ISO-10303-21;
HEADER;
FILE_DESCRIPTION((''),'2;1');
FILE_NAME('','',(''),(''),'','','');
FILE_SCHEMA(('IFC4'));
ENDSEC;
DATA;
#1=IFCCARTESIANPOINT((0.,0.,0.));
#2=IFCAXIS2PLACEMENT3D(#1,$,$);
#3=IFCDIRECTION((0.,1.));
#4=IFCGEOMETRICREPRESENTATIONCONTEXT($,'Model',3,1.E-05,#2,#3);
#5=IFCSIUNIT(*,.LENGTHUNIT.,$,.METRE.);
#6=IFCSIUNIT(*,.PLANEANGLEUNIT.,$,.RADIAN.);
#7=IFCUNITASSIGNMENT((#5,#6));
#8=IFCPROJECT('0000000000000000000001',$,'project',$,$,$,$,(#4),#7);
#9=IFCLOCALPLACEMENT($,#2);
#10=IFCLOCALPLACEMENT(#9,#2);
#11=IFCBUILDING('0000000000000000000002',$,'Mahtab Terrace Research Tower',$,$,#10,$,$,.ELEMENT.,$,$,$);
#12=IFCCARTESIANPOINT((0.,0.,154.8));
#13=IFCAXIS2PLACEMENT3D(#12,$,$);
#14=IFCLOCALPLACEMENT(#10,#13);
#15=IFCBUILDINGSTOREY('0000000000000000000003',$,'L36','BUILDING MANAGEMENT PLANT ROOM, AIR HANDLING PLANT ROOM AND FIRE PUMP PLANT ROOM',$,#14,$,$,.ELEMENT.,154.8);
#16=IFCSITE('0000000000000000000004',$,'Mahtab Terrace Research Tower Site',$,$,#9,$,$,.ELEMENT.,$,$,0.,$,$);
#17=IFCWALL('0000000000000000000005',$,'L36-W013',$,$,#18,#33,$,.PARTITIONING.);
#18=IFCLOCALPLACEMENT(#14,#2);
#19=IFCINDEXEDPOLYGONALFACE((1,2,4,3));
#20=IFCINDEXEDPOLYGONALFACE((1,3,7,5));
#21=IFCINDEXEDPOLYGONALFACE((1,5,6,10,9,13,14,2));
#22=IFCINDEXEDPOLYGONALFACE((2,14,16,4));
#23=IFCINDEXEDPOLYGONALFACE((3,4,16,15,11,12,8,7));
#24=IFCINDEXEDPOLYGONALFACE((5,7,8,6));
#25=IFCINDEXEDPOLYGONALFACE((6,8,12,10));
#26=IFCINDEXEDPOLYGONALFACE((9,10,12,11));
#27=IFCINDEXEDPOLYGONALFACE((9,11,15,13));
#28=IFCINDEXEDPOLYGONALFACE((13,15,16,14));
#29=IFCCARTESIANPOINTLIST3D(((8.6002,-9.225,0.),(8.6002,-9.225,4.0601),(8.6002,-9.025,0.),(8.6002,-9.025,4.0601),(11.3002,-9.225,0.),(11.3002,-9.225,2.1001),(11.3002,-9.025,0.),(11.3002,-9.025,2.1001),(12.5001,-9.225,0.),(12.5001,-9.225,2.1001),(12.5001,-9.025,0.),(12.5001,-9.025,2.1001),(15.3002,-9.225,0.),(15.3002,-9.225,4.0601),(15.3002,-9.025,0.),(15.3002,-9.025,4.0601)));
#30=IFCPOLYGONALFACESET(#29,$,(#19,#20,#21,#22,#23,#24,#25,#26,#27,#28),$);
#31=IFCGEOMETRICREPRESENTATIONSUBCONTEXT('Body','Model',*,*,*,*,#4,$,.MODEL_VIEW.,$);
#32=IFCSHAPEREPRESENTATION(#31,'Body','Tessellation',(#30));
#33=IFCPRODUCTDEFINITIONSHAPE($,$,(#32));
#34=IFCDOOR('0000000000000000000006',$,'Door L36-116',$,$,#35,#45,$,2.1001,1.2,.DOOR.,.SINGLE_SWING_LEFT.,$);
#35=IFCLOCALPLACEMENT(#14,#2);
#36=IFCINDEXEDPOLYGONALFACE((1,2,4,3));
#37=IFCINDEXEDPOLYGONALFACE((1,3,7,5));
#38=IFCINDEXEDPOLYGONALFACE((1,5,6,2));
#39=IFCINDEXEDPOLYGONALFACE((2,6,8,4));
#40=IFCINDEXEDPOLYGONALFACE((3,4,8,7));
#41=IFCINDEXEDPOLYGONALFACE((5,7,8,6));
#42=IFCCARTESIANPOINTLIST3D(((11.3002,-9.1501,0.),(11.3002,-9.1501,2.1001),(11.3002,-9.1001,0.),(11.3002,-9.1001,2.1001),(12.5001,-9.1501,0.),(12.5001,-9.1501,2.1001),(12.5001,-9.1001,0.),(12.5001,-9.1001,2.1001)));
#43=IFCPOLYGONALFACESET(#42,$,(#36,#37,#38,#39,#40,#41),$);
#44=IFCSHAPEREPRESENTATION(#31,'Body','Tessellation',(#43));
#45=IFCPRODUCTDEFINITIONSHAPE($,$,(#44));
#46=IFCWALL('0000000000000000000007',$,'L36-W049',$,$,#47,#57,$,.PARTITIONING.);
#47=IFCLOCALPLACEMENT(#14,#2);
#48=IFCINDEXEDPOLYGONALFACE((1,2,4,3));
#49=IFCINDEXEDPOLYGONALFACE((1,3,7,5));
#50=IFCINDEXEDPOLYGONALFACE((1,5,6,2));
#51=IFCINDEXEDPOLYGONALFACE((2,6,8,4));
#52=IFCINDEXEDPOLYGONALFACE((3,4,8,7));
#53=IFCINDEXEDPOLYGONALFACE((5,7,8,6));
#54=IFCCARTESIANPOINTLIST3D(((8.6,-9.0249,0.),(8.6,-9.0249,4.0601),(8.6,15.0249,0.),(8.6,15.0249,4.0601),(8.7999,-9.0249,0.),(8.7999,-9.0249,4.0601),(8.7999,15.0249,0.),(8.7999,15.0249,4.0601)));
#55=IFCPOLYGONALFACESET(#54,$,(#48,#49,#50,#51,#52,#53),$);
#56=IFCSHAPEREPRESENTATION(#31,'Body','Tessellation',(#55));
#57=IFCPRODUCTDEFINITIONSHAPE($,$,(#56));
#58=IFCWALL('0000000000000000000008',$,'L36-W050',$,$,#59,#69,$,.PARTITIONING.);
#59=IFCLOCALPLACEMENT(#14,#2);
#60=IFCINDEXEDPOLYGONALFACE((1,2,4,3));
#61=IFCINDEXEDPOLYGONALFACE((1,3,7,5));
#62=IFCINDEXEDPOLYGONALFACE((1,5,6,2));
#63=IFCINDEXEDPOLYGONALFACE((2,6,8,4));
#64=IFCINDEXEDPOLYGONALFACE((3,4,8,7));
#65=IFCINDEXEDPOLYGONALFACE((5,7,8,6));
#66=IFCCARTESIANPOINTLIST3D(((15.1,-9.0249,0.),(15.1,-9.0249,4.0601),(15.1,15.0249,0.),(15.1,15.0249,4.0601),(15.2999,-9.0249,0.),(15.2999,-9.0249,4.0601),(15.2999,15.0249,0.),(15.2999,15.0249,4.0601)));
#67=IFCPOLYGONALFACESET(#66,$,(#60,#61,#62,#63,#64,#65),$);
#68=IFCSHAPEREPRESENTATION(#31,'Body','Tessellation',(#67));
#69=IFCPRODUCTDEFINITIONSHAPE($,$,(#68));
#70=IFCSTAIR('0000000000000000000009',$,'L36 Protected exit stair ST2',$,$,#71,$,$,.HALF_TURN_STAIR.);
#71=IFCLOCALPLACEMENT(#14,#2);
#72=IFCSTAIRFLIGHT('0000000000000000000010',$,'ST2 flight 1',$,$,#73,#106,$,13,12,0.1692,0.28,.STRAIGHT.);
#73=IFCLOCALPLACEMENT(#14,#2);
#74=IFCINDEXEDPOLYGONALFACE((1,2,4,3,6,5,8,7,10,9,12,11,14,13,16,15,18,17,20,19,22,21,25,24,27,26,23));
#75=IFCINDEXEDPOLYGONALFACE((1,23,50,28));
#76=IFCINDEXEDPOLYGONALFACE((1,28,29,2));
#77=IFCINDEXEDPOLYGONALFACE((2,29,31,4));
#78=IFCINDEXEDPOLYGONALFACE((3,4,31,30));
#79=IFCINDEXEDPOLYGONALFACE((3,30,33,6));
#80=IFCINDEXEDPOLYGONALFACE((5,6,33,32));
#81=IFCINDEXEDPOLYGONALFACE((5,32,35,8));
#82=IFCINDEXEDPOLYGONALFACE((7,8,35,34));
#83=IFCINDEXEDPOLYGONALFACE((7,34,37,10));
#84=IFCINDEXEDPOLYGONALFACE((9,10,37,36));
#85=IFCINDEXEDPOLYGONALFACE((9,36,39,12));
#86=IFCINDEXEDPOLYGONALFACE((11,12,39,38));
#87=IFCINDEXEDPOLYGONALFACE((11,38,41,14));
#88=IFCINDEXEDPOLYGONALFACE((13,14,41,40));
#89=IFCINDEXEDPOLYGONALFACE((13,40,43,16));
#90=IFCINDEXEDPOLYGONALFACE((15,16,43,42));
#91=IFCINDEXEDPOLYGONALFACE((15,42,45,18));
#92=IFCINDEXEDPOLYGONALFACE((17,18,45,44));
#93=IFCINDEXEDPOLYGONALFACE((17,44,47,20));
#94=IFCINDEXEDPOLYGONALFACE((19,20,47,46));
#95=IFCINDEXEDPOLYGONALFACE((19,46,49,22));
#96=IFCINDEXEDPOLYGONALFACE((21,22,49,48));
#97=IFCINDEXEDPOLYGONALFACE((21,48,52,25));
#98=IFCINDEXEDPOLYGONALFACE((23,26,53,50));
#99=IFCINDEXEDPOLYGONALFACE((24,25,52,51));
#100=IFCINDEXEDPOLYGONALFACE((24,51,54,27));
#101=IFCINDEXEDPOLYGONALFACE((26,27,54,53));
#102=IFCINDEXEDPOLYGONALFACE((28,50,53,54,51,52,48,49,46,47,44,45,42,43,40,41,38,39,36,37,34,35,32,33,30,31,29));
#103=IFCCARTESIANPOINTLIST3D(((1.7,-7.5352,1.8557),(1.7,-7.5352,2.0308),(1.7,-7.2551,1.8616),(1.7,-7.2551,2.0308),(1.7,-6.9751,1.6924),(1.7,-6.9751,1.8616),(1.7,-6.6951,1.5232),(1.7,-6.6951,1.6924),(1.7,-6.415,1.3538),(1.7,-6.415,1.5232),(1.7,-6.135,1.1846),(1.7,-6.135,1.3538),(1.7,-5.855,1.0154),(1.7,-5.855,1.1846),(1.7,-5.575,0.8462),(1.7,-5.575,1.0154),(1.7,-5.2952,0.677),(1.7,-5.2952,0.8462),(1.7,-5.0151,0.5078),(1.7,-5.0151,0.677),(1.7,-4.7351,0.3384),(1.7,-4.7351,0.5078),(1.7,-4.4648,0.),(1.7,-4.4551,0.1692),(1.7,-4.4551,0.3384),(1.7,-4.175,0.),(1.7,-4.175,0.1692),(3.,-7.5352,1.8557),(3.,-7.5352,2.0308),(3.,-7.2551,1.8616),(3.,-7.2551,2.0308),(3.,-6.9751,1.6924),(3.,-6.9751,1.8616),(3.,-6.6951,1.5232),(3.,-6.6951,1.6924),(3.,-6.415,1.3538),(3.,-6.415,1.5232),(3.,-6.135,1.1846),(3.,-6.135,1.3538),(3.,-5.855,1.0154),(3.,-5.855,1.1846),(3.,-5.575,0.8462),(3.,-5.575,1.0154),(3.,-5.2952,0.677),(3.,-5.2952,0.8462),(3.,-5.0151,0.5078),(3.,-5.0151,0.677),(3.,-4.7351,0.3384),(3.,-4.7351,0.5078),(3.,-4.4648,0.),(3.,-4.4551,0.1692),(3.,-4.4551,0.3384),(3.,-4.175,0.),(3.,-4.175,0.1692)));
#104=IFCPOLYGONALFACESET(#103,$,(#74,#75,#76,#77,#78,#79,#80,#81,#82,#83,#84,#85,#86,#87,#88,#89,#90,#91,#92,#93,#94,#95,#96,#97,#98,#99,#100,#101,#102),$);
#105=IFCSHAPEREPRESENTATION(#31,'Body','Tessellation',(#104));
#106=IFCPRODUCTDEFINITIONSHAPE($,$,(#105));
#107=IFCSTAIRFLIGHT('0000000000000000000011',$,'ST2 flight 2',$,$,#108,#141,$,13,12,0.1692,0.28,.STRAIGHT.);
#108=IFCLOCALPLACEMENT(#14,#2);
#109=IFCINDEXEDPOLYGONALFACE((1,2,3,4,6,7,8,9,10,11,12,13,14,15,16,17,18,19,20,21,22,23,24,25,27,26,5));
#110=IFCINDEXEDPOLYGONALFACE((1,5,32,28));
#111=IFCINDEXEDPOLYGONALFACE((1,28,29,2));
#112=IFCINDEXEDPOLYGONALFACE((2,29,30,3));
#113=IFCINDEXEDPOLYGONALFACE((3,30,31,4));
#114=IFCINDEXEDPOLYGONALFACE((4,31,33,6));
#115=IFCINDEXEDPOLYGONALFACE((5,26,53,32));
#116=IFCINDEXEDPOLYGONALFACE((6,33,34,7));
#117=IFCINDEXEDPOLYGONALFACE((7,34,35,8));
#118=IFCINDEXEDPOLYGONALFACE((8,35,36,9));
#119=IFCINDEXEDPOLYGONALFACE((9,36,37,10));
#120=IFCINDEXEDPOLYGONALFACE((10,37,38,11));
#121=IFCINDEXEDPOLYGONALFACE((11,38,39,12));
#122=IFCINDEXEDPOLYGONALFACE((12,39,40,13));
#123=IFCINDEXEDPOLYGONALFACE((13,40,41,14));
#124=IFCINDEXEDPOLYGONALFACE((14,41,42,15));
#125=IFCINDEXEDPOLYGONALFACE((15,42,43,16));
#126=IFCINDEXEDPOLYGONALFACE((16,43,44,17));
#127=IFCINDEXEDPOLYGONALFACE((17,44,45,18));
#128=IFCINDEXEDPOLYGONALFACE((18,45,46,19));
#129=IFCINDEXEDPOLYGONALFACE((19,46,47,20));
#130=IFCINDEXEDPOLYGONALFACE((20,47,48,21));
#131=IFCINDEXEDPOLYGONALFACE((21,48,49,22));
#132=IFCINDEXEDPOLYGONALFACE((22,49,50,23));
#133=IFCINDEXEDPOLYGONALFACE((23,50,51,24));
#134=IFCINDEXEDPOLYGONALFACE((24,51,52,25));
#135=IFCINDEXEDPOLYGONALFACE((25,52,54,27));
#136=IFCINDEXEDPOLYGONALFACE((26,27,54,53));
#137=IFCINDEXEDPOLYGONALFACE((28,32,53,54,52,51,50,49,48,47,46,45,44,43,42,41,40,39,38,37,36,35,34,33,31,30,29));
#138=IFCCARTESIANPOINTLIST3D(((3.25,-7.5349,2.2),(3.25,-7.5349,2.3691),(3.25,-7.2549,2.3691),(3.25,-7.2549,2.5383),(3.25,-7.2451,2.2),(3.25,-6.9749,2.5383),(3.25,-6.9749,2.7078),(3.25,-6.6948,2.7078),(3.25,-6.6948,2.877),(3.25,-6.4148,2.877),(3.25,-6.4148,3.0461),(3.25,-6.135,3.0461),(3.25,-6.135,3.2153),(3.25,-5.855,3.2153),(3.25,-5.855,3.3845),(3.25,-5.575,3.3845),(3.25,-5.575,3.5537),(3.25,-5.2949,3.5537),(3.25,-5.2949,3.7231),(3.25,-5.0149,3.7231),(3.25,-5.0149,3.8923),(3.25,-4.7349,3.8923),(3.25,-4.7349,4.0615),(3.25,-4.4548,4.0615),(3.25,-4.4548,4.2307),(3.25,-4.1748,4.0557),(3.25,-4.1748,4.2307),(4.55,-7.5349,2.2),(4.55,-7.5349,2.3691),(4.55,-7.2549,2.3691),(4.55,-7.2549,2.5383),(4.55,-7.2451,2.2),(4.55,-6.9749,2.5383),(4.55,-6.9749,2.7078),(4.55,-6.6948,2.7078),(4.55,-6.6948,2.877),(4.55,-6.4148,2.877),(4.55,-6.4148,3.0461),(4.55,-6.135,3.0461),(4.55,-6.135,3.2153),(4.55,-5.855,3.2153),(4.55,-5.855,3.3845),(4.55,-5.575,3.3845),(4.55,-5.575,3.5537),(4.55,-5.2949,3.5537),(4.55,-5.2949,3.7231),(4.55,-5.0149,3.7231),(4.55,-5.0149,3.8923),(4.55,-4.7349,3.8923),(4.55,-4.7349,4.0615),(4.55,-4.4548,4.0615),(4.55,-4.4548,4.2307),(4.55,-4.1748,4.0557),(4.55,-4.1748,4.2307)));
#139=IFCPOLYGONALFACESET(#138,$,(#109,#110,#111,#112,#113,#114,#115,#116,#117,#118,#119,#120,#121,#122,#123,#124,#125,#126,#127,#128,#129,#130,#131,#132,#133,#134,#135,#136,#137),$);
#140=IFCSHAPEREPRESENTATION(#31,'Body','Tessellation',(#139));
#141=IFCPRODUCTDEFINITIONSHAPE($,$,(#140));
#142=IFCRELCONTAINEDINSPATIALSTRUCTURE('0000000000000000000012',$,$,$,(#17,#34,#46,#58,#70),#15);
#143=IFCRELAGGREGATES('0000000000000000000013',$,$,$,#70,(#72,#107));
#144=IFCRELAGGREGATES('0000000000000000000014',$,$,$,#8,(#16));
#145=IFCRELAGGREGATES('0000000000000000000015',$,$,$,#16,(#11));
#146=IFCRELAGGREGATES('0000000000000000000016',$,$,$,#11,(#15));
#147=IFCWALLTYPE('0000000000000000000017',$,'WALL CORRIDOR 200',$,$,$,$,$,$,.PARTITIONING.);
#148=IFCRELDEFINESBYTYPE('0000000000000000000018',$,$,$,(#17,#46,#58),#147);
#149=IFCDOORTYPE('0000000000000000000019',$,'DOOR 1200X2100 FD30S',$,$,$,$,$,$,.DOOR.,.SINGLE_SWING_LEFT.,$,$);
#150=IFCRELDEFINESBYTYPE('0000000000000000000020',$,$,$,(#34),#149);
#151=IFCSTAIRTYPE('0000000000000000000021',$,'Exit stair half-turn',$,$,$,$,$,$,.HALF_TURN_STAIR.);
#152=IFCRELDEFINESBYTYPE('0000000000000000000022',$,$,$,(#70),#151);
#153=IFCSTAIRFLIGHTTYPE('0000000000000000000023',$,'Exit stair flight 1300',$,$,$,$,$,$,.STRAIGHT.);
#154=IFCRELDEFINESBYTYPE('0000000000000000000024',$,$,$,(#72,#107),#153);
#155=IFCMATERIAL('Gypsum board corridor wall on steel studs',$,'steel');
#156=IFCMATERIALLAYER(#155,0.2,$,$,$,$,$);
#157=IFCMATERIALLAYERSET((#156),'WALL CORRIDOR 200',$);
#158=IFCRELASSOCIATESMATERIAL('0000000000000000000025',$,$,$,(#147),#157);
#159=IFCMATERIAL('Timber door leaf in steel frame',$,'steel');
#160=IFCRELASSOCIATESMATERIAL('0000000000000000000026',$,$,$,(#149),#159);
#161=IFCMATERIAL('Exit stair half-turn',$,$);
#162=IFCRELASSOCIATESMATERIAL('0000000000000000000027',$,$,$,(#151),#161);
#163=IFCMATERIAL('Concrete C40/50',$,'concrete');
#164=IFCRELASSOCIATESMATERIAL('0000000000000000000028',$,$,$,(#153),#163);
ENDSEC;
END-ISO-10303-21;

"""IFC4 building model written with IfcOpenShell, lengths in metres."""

from ifc_helpers import new_model, si_unit, direction, frame, frame_2d, origin, place, context, subcontext, project, spatial, polyline, rectangle, outline, extrude, material, layer, layer_set, type_object, element, fill, aggregate, save


model = new_model("IFC4")

# Units and contexts
model_context = context("Model", 3, precision=1e-05, world=origin(), true_north=direction((0.0, 1.0)))
body_context = subcontext(model_context, "Body", "Model", "MODEL_VIEW")
ifc_project = project(units=[si_unit("LENGTHUNIT", "METRE"), si_unit("PLANEANGLEUNIT", "RADIAN")], contexts=[model_context])

# Site, building, storey
site_placement = place(None, origin())
site = spatial("IfcSite", under=ifc_project, at=site_placement, Name="Mahtab Terrace Research Tower Site", CompositionType="ELEMENT", RefElevation=0.0)
building_placement = place(site_placement, origin())
building = spatial("IfcBuilding", under=site, at=building_placement, Name="Mahtab Terrace Research Tower", CompositionType="ELEMENT")
storey_placement = place(building_placement, frame((0.0, 0.0, 154.8)))
storey = spatial("IfcBuildingStorey", under=building, at=storey_placement, Name="L36", Description="BUILDING MANAGEMENT PLANT ROOM, AIR HANDLING PLANT ROOM AND FIRE PUMP PLANT ROOM", CompositionType="ELEMENT", Elevation=154.8)

# Wall, opening, door
ifc_material_1 = material(Name="Gypsum board corridor wall on steel studs", Category="steel")
ifc_layer_1 = layer(ifc_material_1, 0.2)
ifc_layer_set_1 = layer_set([ifc_layer_1], Name="WALL CORRIDOR 200")
wall_type_1 = type_object("IfcWallType", Name="WALL CORRIDOR 200", PredefinedType="PARTITIONING", material=ifc_layer_set_1)
ifc_material_2 = material(Name="Timber door leaf in steel frame", Category="steel")
wall_1_placement = place(storey_placement, frame((8.6001, -9.125, 0.0), z_axis=(0.0, 0.0, 1.0), x_axis=(1.0, 0.0, 0.0)))
wall_1 = element("IfcWall", 1, at=wall_1_placement, inside=storey, type_object=wall_type_1, Name="L36-W013", PredefinedType="PARTITIONING", context=body_context, shape_type="SweptSolid", body=[
    extrude(rectangle(XDim=6.7, YDim=0.2, at=frame_2d((3.3501, 0.0))), origin(), (0.0, 0.0, 1.0), 4.0601),
])
opening_1_placement = place(wall_1_placement, frame((2.7, 0.0, 0.0)))
opening_1 = element("IfcOpeningElement", 2, at=opening_1_placement, cuts=wall_1, PredefinedType="OPENING", context=body_context, shape_type="SweptSolid", body=[
    extrude(rectangle(XDim=1.2, YDim=2.1001, at=frame_2d((0.6001, 1.05))), frame((0.0, 0.1099, 0.0), z_axis=(0.0, -1.0, 0.0), x_axis=(1.0, 0.0, 0.0)), (0.0, 0.0, 1.0), 0.22),
])
door_type_1 = type_object("IfcDoorType", Name="DOOR 1200X2100 FD30S", OperationType="SINGLE_SWING_LEFT", PredefinedType="DOOR", material=ifc_material_2)
door_1_placement = place(opening_1_placement, origin())
door_1 = element("IfcDoor", 3, at=door_1_placement, inside=storey, type_object=door_type_1, Name="Door L36-116", OperationType="SINGLE_SWING_LEFT", OverallHeight=2.1001, OverallWidth=1.2, PredefinedType="DOOR", context=body_context, shape_type="SweptSolid", body=[
    extrude(rectangle(XDim=1.2, YDim=2.1001, at=frame_2d((0.6001, 1.05))), frame((0.0, 0.0249, 0.0), z_axis=(0.0, -1.0, 0.0), x_axis=(1.0, 0.0, 0.0)), (0.0, 0.0, 1.0), 0.05),
])
fill(opening_1, door_1)

# Walls
for number, where, z_axis, x_axis, name in (
    (4, (8.7, -9.0249, 0.0), (0.0, 0.0, 1.0), (0.0, 1.0, 0.0), "L36-W049"),
    (5, (15.2, -9.0249, 0.0), (0.0, 0.0, 1.0), (0.0, 1.0, 0.0), "L36-W050"),
):
    element("IfcWall", number, at=place(storey_placement, frame(where, z_axis=z_axis, x_axis=x_axis)), inside=storey, type_object=wall_type_1, Name=name, PredefinedType="PARTITIONING", context=body_context, shape_type="SweptSolid", body=[
        extrude(rectangle(XDim=24.0498, YDim=0.2, at=frame_2d((12.0249, 0.0))), origin(), (0.0, 0.0, 1.0), 4.0601),
    ])

# Stair, stair flights
ifc_material_3 = material(Name="Exit stair half-turn")
stair_type = type_object("IfcStairType", Name="Exit stair half-turn", PredefinedType="HALF_TURN_STAIR", material=ifc_material_3)
stair_placement = place(storey_placement, origin())
stair = element("IfcStair", 6, at=stair_placement, inside=storey, type_object=stair_type, Name="L36 Protected exit stair ST2", PredefinedType="HALF_TURN_STAIR")
ifc_material_4 = material(Name="Concrete C40/50", Category="concrete")
stair_flight_type = type_object("IfcStairFlightType", Name="Exit stair flight 1300", PredefinedType="STRAIGHT", material=ifc_material_4)
stair_flight_1_placement = place(storey_placement, frame((2.3501, -4.175, 0.0), z_axis=(0.0, 0.0, 1.0), x_axis=(0.0, -1.0, 0.0)))
stair_flight_1 = element("IfcStairFlight", 7, at=stair_flight_1_placement, type_object=stair_flight_type, Name="ST2 flight 1", NumberOfRisers=13, NumberOfTreads=12, PredefinedType="STRAIGHT", RiserHeight=0.1692, TreadLength=0.28, context=body_context, shape_type="SweptSolid", body=[
    extrude(outline(polyline([(0.0, 0.0), (0.0, 0.1692), (0.28, 0.1692), (0.28, 0.3384), (0.5601, 0.3384), (0.5601, 0.5078), (0.8401, 0.5078), (0.8401, 0.677), (1.1201, 0.677), (1.1201, 0.8462), (1.3999, 0.8462), (1.3999, 1.0154), (1.6799, 1.0154), (1.6799, 1.1846), (1.96, 1.1846), (1.96, 1.3538), (2.24, 1.3538), (2.24, 1.5232), (2.52, 1.5232), (2.52, 1.6924), (2.8, 1.6924), (2.8, 1.8616), (3.0801, 1.8616), (3.0801, 2.0308), (3.3601, 2.0308), (3.3601, 2.2), (3.3601, 1.8557), (0.2898, 0.0), (0.0, 0.0)])), frame((0.0, 0.6499, 0.0), z_axis=(0.0, -1.0, 0.0), x_axis=(1.0, 0.0, 0.0)), (0.0, 0.0, 1.0), 1.3),
])
stair_flight_2_placement = place(storey_placement, frame((3.8999, -7.5349, 2.2), z_axis=(0.0, 0.0, 1.0), x_axis=(0.0, 1.0, 0.0)))
stair_flight_2 = element("IfcStairFlight", 8, at=stair_flight_2_placement, type_object=stair_flight_type, Name="ST2 flight 2", NumberOfRisers=13, NumberOfTreads=12, PredefinedType="STRAIGHT", RiserHeight=0.1692, TreadLength=0.28, context=body_context, shape_type="SweptSolid", body=[
    extrude(outline(polyline([(0.0, 0.0), (0.0, 0.1692), (0.28, 0.1692), (0.28, 0.3384), (0.5601, 0.3384), (0.5601, 0.5078), (0.8401, 0.5078), (0.8401, 0.677), (1.1201, 0.677), (1.1201, 0.8462), (1.3999, 0.8462), (1.3999, 1.0154), (1.6799, 1.0154), (1.6799, 1.1846), (1.96, 1.1846), (1.96, 1.3538), (2.24, 1.3538), (2.24, 1.5232), (2.52, 1.5232), (2.52, 1.6924), (2.8, 1.6924), (2.8, 1.8616), (3.0801, 1.8616), (3.0801, 2.0308), (3.3601, 2.0308), (3.3601, 2.2), (3.3601, 1.8557), (0.2898, 0.0), (0.0, 0.0)])), frame((0.0, 0.6499, 0.0), z_axis=(0.0, -1.0, 0.0), x_axis=(1.0, 0.0, 0.0)), (0.0, 0.0, 1.0), 1.3),
])
aggregate(stair, [stair_flight_1, stair_flight_2])

save(model, "model.ifc")
